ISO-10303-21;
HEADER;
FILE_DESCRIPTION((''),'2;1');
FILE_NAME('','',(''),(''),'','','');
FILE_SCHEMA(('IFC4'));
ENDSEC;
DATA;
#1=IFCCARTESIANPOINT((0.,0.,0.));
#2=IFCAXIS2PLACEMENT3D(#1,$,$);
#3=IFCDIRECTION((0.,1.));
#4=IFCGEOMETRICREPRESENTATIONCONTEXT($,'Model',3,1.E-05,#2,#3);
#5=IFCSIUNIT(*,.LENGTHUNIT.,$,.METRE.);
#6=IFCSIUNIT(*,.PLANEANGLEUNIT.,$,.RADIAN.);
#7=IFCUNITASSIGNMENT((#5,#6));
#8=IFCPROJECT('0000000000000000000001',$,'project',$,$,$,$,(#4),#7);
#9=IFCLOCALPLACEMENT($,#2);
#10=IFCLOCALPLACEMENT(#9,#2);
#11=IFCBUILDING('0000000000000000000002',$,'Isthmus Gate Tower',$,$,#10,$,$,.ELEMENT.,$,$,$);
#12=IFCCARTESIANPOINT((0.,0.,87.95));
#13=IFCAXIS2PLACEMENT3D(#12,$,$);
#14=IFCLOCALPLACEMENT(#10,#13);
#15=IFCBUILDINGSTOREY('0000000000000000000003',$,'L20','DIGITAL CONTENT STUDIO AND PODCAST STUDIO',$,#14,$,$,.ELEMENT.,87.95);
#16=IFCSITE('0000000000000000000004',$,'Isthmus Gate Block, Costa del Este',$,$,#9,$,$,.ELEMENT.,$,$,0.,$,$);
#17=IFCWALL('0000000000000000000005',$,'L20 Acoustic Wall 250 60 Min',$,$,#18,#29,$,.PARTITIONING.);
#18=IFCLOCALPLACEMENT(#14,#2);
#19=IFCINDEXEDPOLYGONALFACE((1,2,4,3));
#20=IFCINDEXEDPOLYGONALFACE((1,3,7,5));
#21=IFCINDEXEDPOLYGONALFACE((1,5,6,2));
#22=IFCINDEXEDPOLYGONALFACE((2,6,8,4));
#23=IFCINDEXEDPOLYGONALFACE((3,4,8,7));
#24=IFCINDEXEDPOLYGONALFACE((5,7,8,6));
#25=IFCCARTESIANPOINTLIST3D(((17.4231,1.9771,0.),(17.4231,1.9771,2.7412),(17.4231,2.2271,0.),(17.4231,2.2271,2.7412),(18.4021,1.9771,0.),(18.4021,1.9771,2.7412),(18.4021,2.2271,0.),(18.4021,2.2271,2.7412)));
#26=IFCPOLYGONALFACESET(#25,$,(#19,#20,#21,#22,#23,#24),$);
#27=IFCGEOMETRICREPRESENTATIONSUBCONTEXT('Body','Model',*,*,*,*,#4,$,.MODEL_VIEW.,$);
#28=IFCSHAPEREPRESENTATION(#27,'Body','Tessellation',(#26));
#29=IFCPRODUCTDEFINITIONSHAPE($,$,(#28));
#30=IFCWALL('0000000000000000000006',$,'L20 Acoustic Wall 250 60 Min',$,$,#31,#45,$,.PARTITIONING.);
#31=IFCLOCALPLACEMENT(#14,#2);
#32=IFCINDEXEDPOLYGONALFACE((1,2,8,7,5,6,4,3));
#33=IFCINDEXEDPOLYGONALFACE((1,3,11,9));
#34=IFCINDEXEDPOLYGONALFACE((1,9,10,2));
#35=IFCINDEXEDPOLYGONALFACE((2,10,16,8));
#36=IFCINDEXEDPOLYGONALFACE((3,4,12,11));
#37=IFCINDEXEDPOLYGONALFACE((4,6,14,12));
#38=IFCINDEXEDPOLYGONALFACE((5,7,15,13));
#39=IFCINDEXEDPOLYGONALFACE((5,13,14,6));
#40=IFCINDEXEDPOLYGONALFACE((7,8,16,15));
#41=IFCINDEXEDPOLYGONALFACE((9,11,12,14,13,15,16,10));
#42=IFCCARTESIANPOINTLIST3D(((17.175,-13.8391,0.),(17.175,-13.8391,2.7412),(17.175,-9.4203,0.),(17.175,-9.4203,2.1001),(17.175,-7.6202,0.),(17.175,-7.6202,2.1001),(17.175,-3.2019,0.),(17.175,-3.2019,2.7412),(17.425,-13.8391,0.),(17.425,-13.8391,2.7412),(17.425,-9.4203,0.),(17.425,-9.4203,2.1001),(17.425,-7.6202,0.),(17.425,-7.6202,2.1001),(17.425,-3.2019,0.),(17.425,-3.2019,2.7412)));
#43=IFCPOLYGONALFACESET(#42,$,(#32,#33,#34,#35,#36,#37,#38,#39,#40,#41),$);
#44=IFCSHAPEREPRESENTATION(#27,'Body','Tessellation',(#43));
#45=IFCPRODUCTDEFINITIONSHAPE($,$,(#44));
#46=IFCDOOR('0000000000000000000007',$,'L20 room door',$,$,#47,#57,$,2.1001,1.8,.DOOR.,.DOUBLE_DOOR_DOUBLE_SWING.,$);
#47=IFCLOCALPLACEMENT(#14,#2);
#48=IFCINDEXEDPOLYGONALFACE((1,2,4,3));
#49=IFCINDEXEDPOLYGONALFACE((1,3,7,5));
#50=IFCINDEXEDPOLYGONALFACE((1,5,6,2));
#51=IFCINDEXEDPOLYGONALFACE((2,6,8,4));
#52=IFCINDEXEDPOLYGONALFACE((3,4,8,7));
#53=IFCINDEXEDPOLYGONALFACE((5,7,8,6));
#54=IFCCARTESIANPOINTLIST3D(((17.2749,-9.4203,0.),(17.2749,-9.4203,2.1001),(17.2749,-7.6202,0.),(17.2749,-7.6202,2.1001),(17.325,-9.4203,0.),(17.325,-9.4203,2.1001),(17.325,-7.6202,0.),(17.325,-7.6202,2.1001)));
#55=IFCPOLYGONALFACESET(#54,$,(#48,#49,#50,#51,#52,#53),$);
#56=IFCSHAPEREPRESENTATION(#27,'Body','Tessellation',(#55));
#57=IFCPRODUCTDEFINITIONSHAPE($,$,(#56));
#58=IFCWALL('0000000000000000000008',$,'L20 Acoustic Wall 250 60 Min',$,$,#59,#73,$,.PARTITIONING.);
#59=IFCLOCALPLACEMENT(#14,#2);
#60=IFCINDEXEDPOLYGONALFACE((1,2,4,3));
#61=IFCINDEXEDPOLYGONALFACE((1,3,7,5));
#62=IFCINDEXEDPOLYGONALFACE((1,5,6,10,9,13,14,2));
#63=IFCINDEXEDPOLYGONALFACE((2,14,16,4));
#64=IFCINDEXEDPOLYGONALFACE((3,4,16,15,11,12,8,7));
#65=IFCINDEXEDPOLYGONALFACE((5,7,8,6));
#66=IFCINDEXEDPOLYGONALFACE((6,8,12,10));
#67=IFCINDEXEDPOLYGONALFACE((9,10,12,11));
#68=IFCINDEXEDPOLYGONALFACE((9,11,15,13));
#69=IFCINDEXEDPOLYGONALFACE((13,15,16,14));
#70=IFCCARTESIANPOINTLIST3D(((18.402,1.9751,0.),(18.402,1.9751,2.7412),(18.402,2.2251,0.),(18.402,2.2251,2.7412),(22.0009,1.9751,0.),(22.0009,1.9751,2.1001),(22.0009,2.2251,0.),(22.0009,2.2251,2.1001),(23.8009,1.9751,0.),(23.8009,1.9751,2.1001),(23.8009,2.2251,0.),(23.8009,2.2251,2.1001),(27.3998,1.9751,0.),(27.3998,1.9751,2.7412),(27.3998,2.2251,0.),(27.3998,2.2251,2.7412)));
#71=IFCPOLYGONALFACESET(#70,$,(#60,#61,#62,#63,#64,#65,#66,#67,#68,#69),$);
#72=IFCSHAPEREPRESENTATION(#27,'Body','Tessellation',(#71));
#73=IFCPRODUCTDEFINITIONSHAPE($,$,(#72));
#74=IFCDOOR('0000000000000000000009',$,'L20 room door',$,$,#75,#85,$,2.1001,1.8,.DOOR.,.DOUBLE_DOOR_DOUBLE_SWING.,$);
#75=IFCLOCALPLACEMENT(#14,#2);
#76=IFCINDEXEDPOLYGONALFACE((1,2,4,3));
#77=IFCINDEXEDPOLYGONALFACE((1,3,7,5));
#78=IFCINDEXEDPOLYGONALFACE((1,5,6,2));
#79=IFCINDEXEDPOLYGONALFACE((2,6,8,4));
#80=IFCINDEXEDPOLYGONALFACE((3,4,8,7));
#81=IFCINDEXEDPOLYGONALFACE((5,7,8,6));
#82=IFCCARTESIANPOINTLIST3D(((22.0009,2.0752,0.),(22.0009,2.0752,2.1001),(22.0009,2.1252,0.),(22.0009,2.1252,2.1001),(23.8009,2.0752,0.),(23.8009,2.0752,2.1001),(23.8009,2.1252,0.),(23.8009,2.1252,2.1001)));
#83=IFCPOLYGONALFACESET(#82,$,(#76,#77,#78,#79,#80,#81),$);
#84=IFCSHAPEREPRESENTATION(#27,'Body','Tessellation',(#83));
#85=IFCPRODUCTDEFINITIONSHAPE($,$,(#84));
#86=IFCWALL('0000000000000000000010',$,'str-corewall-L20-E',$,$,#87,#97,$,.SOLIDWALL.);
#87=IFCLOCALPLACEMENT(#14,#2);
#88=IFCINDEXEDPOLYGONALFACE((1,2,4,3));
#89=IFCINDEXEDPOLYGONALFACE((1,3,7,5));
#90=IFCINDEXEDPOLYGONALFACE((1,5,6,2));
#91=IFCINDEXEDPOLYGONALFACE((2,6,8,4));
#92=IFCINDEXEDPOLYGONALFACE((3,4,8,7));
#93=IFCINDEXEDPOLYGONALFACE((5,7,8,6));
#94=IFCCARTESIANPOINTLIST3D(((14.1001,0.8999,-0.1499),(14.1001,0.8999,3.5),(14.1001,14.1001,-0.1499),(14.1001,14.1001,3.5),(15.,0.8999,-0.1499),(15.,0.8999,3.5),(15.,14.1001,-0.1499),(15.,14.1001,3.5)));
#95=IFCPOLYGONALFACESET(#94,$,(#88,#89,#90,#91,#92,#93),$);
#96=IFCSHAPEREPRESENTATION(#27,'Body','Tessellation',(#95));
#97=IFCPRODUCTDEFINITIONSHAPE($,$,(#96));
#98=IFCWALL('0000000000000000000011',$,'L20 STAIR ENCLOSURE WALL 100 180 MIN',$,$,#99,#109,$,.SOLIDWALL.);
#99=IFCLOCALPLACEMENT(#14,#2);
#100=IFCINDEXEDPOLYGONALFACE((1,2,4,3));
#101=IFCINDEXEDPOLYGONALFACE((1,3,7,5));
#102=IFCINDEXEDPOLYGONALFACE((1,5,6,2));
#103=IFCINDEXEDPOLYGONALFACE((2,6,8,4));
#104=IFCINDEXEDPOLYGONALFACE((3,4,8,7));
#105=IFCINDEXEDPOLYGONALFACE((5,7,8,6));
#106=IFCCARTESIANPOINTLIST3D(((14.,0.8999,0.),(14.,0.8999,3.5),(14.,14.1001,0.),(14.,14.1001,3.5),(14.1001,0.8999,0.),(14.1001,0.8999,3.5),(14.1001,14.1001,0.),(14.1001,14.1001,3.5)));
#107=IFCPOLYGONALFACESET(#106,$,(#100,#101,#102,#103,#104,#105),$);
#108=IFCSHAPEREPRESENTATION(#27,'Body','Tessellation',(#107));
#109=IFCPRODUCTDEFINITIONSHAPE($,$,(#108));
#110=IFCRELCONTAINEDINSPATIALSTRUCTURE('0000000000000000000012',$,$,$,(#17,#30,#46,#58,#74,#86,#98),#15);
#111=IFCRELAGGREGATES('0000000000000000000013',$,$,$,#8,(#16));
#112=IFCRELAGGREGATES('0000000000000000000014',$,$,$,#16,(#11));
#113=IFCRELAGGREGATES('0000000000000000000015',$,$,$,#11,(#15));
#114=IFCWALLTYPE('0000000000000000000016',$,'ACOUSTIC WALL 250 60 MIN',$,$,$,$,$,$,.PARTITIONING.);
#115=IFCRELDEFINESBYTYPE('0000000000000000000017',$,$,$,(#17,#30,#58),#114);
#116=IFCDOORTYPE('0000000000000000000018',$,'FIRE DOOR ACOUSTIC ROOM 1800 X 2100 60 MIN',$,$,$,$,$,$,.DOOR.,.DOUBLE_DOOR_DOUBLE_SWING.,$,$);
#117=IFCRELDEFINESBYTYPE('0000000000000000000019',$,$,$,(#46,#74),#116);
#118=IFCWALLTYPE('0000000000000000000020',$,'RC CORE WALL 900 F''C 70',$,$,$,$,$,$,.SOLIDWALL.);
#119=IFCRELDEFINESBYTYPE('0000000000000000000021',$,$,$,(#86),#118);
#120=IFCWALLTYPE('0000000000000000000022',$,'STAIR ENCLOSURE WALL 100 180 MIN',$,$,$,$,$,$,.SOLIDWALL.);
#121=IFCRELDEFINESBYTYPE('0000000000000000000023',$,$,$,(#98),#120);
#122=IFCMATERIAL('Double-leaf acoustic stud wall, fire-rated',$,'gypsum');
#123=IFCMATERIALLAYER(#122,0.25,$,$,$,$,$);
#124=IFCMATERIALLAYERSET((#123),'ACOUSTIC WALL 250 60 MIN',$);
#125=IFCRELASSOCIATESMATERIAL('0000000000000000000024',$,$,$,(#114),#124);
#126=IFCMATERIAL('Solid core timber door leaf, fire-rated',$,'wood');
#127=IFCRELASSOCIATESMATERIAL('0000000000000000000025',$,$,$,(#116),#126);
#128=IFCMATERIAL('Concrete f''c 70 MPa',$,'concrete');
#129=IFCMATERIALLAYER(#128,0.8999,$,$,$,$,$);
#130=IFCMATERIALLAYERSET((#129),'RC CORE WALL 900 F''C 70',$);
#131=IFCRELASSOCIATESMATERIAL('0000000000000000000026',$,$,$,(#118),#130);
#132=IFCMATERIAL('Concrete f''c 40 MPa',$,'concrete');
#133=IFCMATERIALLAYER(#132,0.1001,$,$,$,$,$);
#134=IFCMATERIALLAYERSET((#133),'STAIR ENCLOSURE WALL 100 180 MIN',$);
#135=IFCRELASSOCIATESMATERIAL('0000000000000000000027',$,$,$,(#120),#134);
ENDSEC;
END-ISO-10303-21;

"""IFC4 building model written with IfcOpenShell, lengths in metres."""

from ifc_helpers import new_model, si_unit, direction, frame, frame_2d, origin, place, context, subcontext, project, spatial, rectangle, extrude, material, layer, layer_set, type_object, element, fill, save


model = new_model("IFC4")

# Units and contexts
model_context = context("Model", 3, precision=1e-05, world=origin(), true_north=direction((0.0, 1.0)))
body_context = subcontext(model_context, "Body", "Model", "MODEL_VIEW")
ifc_project = project(units=[si_unit("LENGTHUNIT", "METRE"), si_unit("PLANEANGLEUNIT", "RADIAN")], contexts=[model_context])

# Site, building, storey
site_placement = place(None, origin())
site = spatial("IfcSite", under=ifc_project, at=site_placement, Name="Isthmus Gate Block, Costa del Este", CompositionType="ELEMENT", RefElevation=0.0)
building_placement = place(site_placement, origin())
building = spatial("IfcBuilding", under=site, at=building_placement, Name="Isthmus Gate Tower", CompositionType="ELEMENT")
storey_placement = place(building_placement, frame((0.0, 0.0, 87.95)))
storey = spatial("IfcBuildingStorey", under=building, at=storey_placement, Name="L20", Description="DIGITAL CONTENT STUDIO AND PODCAST STUDIO", CompositionType="ELEMENT", Elevation=87.95)

# Shared definitions
ifc_material_1 = material(Name="Double-leaf acoustic stud wall, fire-rated", Category="gypsum")
ifc_layer_1 = layer(ifc_material_1, 0.25)
ifc_layer_set_1 = layer_set([ifc_layer_1], Name="ACOUSTIC WALL 250 60 MIN")
wall_type_1 = type_object("IfcWallType", Name="ACOUSTIC WALL 250 60 MIN", PredefinedType="PARTITIONING", material=ifc_layer_set_1)
ifc_material_2 = material(Name="Solid core timber door leaf, fire-rated", Category="wood")
door_type = type_object("IfcDoorType", Name="FIRE DOOR ACOUSTIC ROOM 1800 X 2100 60 MIN", OperationType="DOUBLE_DOOR_DOUBLE_SWING", PredefinedType="DOOR", material=ifc_material_2)

# Wall
wall_1_placement = place(storey_placement, frame((18.4021, 2.1021, 0.0), z_axis=(0.0, 0.0, 1.0), x_axis=(-1.0, 0.0, 0.0)))
element("IfcWall", 1, at=wall_1_placement, inside=storey, type_object=wall_type_1, Name="L20 Acoustic Wall 250 60 Min", PredefinedType="PARTITIONING", context=body_context, shape_type="SweptSolid", body=[
    extrude(rectangle(XDim=0.979, YDim=0.25, at=frame_2d((0.4895, 0.0))), origin(), (0.0, 0.0, 1.0), 2.7412),
])

# Walls, openings, doors
wall_2_placement = place(storey_placement, frame((17.3, -3.2019, 0.0), z_axis=(0.0, 0.0, 1.0), x_axis=(0.0, -1.0, 0.0)))
wall_2 = element("IfcWall", 2, at=wall_2_placement, inside=storey, type_object=wall_type_1, Name="L20 Acoustic Wall 250 60 Min", PredefinedType="PARTITIONING", context=body_context, shape_type="SweptSolid", body=[
    extrude(rectangle(XDim=10.6372, YDim=0.25, at=frame_2d((5.3186, 0.0))), origin(), (0.0, 0.0, 1.0), 2.7412),
])
opening_1_placement = place(wall_2_placement, frame((4.4185, 0.0, 0.0)))
opening_1 = element("IfcOpeningElement", 3, at=opening_1_placement, cuts=wall_2, PredefinedType="OPENING", context=body_context, shape_type="SweptSolid", body=[
    extrude(rectangle(XDim=1.8, YDim=2.1001, at=frame_2d((0.8999, 1.05))), frame((0.0, 0.135, 0.0), z_axis=(0.0, -1.0, 0.0), x_axis=(1.0, 0.0, 0.0)), (0.0, 0.0, 1.0), 0.27),
])
door_1_placement = place(opening_1_placement, origin())
door_1 = element("IfcDoor", 4, at=door_1_placement, inside=storey, type_object=door_type, Name="L20 room door", OperationType="DOUBLE_DOOR_DOUBLE_SWING", OverallHeight=2.1001, OverallWidth=1.8, PredefinedType="DOOR", context=body_context, shape_type="SweptSolid", body=[
    extrude(rectangle(XDim=1.8, YDim=2.1001, at=frame_2d((0.8999, 1.05))), frame((0.0, 0.0249, 0.0), z_axis=(0.0, -1.0, 0.0), x_axis=(1.0, 0.0, 0.0)), (0.0, 0.0, 1.0), 0.05),
])
fill(opening_1, door_1)
wall_3_placement = place(storey_placement, frame((27.3999, 2.1001, 0.0), z_axis=(0.0, 0.0, 1.0), x_axis=(-1.0, 0.0, 0.0)))
wall_3 = element("IfcWall", 5, at=wall_3_placement, inside=storey, type_object=wall_type_1, Name="L20 Acoustic Wall 250 60 Min", PredefinedType="PARTITIONING", context=body_context, shape_type="SweptSolid", body=[
    extrude(rectangle(XDim=8.9978, YDim=0.25, at=frame_2d((4.499, 0.0))), origin(), (0.0, 0.0, 1.0), 2.7412),
])
opening_2_placement = place(wall_3_placement, frame((3.5991, 0.0, 0.0)))
opening_2 = element("IfcOpeningElement", 6, at=opening_2_placement, cuts=wall_3, PredefinedType="OPENING", context=body_context, shape_type="SweptSolid", body=[
    extrude(rectangle(XDim=1.8, YDim=2.1001, at=frame_2d((0.8999, 1.05))), frame((0.0, 0.135, 0.0), z_axis=(0.0, -1.0, 0.0), x_axis=(1.0, 0.0, 0.0)), (0.0, 0.0, 1.0), 0.27),
])
door_2_placement = place(opening_2_placement, origin())
door_2 = element("IfcDoor", 7, at=door_2_placement, inside=storey, type_object=door_type, Name="L20 room door", OperationType="DOUBLE_DOOR_DOUBLE_SWING", OverallHeight=2.1001, OverallWidth=1.8, PredefinedType="DOOR", context=body_context, shape_type="SweptSolid", body=[
    extrude(rectangle(XDim=1.8, YDim=2.1001, at=frame_2d((0.8999, 1.05))), frame((0.0, 0.0249, 0.0), z_axis=(0.0, -1.0, 0.0), x_axis=(1.0, 0.0, 0.0)), (0.0, 0.0, 1.0), 0.05),
])
fill(opening_2, door_2)

# Walls
ifc_material_3 = material(Name="Concrete f'c 70 MPa", Category="concrete")
ifc_layer_2 = layer(ifc_material_3, 0.8999)
ifc_layer_set_2 = layer_set([ifc_layer_2], Name="RC CORE WALL 900 F'C 70")
wall_type_2 = type_object("IfcWallType", Name="RC CORE WALL 900 F'C 70", PredefinedType="SOLIDWALL", material=ifc_layer_set_2)
wall_4_placement = place(storey_placement, frame((14.55, 0.8999, -0.1499), z_axis=(0.0, 0.0, 1.0), x_axis=(0.0, 1.0, 0.0)))
element("IfcWall", 8, at=wall_4_placement, inside=storey, type_object=wall_type_2, Name="str-corewall-L20-E", PredefinedType="SOLIDWALL", context=body_context, shape_type="SweptSolid", body=[
    extrude(rectangle(XDim=13.2002, YDim=0.8999, at=frame_2d((6.6001, 0.0))), origin(), (0.0, 0.0, 1.0), 3.6499),
])
ifc_material_4 = material(Name="Concrete f'c 40 MPa", Category="concrete")
ifc_layer_3 = layer(ifc_material_4, 0.1001)
ifc_layer_set_3 = layer_set([ifc_layer_3], Name="STAIR ENCLOSURE WALL 100 180 MIN")
wall_type_3 = type_object("IfcWallType", Name="STAIR ENCLOSURE WALL 100 180 MIN", PredefinedType="SOLIDWALL", material=ifc_layer_set_3)
wall_5_placement = place(storey_placement, frame((14.05, 0.8999, 0.0), z_axis=(0.0, 0.0, 1.0), x_axis=(0.0, 1.0, 0.0)))
element("IfcWall", 9, at=wall_5_placement, inside=storey, type_object=wall_type_3, Name="L20 STAIR ENCLOSURE WALL 100 180 MIN", PredefinedType="SOLIDWALL", context=body_context, shape_type="SweptSolid", body=[
    extrude(rectangle(XDim=13.2002, YDim=0.1001, at=frame_2d((6.6001, 0.0))), origin(), (0.0, 0.0, 1.0), 3.5),
])

save(model, "model.ifc")
